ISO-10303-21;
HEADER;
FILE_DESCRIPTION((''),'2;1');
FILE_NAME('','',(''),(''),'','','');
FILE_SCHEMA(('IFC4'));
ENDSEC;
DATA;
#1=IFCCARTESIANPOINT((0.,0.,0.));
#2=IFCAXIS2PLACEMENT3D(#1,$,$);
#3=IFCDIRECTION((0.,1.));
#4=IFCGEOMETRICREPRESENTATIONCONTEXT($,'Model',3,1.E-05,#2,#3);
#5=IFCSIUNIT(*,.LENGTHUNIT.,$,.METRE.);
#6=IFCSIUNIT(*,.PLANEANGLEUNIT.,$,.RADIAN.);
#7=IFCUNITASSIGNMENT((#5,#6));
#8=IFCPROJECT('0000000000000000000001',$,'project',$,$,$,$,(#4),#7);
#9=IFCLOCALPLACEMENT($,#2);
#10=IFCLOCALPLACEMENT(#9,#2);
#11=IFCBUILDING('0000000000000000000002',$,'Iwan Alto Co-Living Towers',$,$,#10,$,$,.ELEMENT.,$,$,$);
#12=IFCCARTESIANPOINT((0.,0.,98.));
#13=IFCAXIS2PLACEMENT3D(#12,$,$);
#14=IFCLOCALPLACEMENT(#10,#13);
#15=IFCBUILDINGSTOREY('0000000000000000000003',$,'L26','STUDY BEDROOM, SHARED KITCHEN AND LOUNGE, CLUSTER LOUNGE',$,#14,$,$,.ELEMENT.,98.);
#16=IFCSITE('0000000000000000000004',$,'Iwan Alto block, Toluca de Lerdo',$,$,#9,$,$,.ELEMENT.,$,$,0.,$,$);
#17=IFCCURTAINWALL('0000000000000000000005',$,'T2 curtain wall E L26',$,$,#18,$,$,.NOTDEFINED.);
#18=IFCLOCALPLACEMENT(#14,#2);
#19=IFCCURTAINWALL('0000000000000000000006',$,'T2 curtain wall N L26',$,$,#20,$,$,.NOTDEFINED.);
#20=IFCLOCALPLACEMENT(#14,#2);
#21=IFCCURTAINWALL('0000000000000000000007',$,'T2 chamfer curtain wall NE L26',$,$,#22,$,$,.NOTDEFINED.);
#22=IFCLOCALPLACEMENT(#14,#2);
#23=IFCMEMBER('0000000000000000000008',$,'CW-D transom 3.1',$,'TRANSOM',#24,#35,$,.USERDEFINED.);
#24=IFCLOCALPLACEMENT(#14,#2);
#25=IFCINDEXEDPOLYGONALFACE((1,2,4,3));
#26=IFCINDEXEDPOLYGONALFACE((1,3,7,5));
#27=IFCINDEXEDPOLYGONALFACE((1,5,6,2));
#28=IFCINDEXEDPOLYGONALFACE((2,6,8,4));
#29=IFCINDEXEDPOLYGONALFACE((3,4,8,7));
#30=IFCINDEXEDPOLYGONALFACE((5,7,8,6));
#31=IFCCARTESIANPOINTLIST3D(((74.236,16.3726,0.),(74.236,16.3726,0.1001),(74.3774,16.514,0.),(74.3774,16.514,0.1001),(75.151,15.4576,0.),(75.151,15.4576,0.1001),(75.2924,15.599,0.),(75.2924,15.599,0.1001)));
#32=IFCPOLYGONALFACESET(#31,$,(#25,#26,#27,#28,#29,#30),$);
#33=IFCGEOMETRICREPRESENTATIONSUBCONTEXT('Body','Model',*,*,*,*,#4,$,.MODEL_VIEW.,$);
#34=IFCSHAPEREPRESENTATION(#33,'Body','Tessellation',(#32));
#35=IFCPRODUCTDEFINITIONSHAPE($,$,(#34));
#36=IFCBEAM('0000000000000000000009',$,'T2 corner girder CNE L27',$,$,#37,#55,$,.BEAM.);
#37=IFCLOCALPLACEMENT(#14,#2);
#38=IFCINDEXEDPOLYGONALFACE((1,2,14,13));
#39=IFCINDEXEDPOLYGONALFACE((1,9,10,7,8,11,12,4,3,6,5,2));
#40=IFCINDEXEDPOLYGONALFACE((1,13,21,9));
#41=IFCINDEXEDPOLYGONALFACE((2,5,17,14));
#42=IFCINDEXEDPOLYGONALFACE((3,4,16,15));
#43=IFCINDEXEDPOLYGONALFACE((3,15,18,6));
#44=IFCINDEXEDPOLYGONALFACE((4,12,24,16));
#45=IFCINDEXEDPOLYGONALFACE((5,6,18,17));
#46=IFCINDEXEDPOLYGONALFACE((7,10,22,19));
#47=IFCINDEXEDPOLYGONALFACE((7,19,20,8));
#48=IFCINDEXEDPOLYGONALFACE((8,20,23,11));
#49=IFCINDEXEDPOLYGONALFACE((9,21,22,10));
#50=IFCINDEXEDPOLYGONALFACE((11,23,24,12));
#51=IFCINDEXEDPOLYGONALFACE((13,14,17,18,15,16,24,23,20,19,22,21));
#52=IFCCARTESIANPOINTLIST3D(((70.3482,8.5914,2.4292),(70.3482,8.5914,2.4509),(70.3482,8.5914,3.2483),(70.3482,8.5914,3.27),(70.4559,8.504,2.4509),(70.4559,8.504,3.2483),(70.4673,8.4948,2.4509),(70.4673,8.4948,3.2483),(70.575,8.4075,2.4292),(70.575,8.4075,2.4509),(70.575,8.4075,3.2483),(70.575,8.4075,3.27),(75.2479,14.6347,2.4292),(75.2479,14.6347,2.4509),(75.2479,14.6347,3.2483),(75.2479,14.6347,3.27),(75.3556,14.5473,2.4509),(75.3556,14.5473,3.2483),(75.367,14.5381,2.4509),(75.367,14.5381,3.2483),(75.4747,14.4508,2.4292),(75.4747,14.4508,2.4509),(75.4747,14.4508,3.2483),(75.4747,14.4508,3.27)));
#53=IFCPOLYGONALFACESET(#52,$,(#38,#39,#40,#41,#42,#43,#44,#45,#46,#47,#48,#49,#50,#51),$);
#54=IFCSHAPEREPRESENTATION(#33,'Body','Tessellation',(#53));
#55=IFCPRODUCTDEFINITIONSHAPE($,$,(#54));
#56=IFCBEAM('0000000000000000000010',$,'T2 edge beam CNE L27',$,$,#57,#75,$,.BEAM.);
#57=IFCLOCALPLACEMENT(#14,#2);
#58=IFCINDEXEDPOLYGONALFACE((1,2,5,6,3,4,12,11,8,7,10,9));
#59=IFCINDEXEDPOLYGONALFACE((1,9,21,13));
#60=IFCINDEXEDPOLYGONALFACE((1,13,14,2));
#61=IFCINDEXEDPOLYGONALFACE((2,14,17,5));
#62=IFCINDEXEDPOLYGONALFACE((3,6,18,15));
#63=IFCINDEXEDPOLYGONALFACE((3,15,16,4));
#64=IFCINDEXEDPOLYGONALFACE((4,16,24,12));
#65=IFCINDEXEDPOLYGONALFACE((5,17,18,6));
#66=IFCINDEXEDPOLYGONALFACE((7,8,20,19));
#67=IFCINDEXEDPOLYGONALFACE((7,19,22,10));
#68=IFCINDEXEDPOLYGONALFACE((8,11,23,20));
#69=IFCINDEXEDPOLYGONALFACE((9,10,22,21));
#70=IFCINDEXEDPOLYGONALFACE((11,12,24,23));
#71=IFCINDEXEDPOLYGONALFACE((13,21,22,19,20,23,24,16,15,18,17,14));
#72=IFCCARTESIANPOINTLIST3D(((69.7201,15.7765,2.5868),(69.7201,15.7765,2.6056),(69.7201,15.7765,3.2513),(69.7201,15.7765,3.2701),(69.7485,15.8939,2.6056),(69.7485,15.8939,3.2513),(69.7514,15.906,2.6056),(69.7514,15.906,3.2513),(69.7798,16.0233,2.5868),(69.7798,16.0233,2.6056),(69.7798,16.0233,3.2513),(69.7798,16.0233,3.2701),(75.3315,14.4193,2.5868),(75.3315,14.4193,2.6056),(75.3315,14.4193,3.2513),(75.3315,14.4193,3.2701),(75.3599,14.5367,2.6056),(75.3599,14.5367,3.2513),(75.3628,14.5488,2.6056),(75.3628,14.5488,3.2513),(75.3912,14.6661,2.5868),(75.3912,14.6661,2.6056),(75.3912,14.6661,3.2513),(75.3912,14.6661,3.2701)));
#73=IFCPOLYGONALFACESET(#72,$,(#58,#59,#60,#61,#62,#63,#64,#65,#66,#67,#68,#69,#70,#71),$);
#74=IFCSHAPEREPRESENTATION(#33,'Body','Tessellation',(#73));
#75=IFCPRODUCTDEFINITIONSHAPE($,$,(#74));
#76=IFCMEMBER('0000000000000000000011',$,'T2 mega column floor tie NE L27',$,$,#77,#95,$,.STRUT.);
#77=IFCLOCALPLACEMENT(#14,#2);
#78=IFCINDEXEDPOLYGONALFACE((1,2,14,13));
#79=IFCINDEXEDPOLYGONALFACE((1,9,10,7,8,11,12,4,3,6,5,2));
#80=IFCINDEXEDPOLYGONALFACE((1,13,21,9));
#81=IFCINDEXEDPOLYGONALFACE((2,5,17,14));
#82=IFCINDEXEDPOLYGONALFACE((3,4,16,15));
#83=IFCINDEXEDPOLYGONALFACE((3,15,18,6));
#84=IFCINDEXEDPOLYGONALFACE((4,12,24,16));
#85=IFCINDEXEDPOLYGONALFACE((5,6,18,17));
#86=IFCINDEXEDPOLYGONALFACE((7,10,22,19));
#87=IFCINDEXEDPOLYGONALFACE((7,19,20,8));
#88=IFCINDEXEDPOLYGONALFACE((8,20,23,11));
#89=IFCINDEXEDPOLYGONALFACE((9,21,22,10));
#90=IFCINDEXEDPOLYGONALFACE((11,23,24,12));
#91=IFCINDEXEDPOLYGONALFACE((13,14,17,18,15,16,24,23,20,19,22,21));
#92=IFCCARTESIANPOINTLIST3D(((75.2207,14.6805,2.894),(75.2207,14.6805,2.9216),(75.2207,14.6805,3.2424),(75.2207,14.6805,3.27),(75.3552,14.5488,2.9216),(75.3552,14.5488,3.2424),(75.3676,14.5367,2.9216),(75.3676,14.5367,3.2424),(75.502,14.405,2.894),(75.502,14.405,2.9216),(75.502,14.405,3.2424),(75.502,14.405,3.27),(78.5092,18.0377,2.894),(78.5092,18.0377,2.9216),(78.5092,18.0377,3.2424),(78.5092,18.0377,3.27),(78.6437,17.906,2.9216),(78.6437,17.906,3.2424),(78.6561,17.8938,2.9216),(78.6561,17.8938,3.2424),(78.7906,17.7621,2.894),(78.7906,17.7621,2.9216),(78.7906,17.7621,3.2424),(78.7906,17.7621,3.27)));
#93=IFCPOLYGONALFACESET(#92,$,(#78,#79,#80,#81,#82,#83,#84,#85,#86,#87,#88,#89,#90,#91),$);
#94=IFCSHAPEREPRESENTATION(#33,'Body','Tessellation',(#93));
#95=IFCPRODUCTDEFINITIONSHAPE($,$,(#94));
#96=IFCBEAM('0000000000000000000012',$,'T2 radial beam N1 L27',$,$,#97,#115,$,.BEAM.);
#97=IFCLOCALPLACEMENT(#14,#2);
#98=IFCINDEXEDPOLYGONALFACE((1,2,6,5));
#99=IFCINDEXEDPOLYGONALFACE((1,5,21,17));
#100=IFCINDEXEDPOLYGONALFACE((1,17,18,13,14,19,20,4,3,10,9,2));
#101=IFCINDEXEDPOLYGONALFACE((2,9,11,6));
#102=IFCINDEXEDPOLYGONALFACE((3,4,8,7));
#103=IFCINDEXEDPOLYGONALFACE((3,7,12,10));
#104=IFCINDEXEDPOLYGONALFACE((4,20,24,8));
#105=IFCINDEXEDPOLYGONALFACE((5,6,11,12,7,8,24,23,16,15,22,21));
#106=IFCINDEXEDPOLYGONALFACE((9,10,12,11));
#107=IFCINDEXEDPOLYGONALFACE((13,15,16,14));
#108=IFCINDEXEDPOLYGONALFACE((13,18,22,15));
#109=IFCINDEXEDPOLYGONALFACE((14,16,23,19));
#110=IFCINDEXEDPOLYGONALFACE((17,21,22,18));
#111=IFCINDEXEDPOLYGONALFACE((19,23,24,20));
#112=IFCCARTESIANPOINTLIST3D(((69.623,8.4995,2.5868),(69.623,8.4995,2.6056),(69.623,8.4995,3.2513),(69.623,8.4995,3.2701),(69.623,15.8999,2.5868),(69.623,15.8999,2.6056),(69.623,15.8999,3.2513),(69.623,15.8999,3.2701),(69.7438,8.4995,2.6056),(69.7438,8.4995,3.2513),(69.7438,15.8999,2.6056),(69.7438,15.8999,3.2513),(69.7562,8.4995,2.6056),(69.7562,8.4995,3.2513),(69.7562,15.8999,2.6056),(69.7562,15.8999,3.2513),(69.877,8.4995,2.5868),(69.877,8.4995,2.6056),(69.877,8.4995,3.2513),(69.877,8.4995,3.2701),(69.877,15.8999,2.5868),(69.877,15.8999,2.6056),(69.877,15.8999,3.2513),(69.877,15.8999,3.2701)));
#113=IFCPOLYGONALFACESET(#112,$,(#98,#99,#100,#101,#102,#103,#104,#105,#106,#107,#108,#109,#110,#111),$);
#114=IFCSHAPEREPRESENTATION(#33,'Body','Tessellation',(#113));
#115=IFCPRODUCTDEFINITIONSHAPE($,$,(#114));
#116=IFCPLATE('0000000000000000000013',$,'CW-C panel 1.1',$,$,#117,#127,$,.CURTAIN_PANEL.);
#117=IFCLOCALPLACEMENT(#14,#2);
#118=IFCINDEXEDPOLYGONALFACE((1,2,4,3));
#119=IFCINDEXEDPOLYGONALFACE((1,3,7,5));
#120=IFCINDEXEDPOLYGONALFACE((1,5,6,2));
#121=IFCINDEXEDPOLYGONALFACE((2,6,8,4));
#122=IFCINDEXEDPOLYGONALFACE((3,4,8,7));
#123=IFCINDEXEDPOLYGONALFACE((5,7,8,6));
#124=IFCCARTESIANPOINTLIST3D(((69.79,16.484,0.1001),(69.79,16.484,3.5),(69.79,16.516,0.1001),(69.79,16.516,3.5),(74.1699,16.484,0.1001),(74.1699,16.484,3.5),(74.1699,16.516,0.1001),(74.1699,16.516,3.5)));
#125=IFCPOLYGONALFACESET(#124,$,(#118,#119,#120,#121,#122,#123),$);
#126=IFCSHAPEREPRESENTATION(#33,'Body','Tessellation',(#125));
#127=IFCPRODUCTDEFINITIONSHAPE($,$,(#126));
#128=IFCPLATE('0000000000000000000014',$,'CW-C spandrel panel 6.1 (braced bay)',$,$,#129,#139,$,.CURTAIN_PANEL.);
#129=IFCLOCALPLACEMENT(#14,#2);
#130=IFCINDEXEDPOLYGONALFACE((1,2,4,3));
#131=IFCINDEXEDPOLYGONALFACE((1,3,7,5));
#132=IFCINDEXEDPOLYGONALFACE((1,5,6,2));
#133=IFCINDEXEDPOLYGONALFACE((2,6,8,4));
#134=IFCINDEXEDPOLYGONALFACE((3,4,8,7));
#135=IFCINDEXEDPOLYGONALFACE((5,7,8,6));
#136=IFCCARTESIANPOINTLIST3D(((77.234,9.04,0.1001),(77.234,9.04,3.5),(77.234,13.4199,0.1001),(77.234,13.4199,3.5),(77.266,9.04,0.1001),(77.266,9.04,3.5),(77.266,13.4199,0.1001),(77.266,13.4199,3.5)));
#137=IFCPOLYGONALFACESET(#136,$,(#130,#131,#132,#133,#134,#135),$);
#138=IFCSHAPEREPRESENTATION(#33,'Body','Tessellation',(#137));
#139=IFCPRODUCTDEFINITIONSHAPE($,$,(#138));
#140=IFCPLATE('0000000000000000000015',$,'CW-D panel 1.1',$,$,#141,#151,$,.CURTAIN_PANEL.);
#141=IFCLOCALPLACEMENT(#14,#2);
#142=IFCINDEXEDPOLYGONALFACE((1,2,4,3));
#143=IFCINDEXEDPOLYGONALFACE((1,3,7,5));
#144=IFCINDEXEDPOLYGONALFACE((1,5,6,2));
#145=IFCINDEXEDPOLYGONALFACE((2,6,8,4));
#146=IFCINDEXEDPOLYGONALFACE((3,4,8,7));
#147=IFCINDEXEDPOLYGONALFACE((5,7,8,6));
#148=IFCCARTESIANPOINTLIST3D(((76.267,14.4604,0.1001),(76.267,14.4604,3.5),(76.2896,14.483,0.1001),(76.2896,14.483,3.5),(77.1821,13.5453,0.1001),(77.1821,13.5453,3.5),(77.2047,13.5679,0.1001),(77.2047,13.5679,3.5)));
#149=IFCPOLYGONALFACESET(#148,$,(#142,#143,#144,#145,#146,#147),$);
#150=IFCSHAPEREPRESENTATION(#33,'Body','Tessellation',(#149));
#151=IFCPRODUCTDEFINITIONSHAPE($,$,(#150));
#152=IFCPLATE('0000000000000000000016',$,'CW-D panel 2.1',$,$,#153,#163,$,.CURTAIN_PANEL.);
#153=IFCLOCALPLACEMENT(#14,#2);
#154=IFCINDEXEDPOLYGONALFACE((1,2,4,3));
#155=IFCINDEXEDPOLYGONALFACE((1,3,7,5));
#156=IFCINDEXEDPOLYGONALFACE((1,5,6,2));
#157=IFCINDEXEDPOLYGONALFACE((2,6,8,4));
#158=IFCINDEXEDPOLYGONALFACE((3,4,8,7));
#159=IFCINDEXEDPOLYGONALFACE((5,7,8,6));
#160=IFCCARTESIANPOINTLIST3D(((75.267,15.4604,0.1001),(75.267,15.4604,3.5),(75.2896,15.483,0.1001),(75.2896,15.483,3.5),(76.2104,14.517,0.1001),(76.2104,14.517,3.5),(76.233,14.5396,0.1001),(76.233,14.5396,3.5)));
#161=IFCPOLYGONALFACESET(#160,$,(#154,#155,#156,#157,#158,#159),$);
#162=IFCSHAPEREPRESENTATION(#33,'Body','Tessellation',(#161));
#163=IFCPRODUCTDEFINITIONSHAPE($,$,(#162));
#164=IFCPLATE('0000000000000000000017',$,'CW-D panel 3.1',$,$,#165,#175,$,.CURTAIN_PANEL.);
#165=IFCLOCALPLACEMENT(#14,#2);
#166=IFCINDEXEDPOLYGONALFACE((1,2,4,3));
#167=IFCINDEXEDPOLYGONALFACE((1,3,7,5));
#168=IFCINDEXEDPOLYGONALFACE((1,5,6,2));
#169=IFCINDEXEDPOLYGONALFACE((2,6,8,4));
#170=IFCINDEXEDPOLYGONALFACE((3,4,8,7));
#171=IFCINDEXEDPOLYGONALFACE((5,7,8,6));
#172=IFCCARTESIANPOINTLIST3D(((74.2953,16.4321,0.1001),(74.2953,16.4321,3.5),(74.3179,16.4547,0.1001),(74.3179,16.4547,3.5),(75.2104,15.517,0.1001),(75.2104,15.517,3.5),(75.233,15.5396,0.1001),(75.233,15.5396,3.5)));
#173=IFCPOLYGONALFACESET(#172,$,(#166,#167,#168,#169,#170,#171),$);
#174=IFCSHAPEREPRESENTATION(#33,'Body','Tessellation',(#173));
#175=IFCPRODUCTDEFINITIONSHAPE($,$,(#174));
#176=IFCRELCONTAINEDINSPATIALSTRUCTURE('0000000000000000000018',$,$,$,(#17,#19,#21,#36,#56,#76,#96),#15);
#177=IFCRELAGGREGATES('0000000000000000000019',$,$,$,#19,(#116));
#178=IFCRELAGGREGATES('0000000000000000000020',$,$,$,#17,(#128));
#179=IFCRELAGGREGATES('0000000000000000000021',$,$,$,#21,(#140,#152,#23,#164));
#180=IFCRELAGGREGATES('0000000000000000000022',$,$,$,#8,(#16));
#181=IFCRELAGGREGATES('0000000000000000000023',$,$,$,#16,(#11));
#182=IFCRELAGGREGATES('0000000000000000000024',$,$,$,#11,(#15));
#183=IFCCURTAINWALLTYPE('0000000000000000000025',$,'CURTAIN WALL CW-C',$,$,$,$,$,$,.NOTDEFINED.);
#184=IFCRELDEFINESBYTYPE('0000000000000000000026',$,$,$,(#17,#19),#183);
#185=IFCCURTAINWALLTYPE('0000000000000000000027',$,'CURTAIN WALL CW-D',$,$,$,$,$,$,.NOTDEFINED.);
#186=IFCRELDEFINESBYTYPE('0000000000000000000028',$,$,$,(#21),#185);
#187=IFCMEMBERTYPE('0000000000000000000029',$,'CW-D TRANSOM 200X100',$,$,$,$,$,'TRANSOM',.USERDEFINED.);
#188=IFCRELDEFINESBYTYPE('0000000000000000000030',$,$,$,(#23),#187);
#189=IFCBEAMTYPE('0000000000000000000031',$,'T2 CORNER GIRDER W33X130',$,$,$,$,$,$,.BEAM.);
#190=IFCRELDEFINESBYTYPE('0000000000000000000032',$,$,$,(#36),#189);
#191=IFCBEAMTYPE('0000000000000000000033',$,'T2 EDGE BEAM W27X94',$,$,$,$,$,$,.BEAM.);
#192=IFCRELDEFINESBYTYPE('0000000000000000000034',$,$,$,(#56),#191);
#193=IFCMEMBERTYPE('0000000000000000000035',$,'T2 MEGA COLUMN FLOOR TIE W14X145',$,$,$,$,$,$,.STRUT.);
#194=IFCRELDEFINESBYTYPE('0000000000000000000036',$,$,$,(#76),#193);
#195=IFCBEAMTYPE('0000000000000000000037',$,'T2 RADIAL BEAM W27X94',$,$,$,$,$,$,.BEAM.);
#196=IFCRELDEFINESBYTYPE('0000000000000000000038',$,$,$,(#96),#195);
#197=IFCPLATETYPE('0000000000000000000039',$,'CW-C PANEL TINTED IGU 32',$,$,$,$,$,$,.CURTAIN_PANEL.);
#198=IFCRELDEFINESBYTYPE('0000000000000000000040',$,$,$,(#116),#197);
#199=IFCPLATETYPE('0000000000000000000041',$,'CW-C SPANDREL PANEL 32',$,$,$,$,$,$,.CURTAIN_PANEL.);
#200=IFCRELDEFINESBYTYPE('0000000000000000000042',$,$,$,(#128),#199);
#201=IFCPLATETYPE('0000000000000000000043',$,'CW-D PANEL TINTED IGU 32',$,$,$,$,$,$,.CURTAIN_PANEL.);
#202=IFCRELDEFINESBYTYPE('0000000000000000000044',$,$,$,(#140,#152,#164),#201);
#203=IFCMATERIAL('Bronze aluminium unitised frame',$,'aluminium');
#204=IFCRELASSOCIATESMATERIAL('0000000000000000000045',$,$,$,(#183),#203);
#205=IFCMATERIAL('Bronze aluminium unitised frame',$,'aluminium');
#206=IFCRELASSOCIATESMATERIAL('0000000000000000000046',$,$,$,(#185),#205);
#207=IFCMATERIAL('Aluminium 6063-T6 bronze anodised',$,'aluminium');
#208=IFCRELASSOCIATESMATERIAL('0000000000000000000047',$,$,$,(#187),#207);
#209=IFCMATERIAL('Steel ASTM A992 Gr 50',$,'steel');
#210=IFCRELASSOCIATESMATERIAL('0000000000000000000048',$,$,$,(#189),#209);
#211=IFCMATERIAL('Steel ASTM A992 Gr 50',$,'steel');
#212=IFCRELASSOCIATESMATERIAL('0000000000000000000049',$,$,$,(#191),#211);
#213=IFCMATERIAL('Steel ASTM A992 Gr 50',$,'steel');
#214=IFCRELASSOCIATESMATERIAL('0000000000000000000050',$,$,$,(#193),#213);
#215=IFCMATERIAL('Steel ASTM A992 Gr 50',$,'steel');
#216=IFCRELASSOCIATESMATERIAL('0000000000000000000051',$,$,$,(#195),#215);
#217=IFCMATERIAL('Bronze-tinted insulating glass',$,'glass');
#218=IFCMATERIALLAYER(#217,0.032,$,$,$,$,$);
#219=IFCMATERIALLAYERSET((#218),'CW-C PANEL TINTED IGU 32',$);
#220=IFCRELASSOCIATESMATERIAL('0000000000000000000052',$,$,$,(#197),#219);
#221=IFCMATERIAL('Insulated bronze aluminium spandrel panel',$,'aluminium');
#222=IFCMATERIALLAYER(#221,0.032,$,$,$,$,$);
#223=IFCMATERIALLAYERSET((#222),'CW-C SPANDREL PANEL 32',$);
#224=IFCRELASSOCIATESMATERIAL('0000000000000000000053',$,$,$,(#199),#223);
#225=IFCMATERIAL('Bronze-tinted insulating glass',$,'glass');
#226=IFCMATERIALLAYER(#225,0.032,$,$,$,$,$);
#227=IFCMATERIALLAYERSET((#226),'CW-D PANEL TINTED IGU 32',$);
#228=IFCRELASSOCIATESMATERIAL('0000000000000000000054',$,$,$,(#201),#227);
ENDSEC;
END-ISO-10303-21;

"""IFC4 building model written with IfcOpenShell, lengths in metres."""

from ifc_helpers import new_model, si_unit, direction, frame, origin, origin_2d, place, context, subcontext, project, spatial, rectangle, i_section, extrude, material, layer, layer_set, material_profile, profile_set, type_object, element, aggregate, save


model = new_model("IFC4")

# Units and contexts
model_context = context("Model", 3, precision=1e-05, world=origin(), true_north=direction((0.0, 1.0)))
body_context = subcontext(model_context, "Body", "Model", "MODEL_VIEW")
ifc_project = project(units=[si_unit("LENGTHUNIT", "METRE"), si_unit("PLANEANGLEUNIT", "RADIAN")], contexts=[model_context])

# Site, building, storey
site_placement = place(None, origin())
site = spatial("IfcSite", under=ifc_project, at=site_placement, Name="Iwan Alto block, Toluca de Lerdo", CompositionType="ELEMENT", RefElevation=0.0)
building_placement = place(site_placement, origin())
building = spatial("IfcBuilding", under=site, at=building_placement, Name="Iwan Alto Co-Living Towers", CompositionType="ELEMENT")
storey_placement = place(building_placement, frame((0.0, 0.0, 98.0)))
storey = spatial("IfcBuildingStorey", under=building, at=storey_placement, Name="L26", Description="STUDY BEDROOM, SHARED KITCHEN AND LOUNGE, CLUSTER LOUNGE", CompositionType="ELEMENT", Elevation=98.0)

# Curtain wall
ifc_material_1 = material(Name="Bronze aluminium unitised frame", Category="aluminium")
curtain_wall_type_1 = type_object("IfcCurtainWallType", Name="CURTAIN WALL CW-C", PredefinedType="NOTDEFINED", material=ifc_material_1)
curtain_wall_1_placement = place(storey_placement, origin())
curtain_wall_1 = element("IfcCurtainWall", 1, at=curtain_wall_1_placement, inside=storey, type_object=curtain_wall_type_1, Name="T2 curtain wall E L26", PredefinedType="NOTDEFINED")

# Curtain walls, member
curtain_wall_2_placement = place(storey_placement, origin())
curtain_wall_2 = element("IfcCurtainWall", 2, at=curtain_wall_2_placement, inside=storey, type_object=curtain_wall_type_1, Name="T2 curtain wall N L26", PredefinedType="NOTDEFINED")
ifc_material_2 = material(Name="Bronze aluminium unitised frame", Category="aluminium")
curtain_wall_type_2 = type_object("IfcCurtainWallType", Name="CURTAIN WALL CW-D", PredefinedType="NOTDEFINED", material=ifc_material_2)
curtain_wall_3_placement = place(storey_placement, origin())
curtain_wall_3 = element("IfcCurtainWall", 3, at=curtain_wall_3_placement, inside=storey, type_object=curtain_wall_type_2, Name="T2 chamfer curtain wall NE L26", PredefinedType="NOTDEFINED")
ifc_material_3 = material(Name="Aluminium 6063-T6 bronze anodised", Category="aluminium")
ifc_material_profile_1 = material_profile(ifc_material_3, rectangle(XDim=0.2, YDim=0.1001, at=origin_2d()), Name="AL 200X100")
ifc_profile_set_1 = profile_set([ifc_material_profile_1], Name="Aluminium 6063-T6 bronze anodised")
member_type_1 = type_object("IfcMemberType", Name="CW-D TRANSOM 200X100", ElementType="TRANSOM", PredefinedType="USERDEFINED", material=ifc_profile_set_1)
member_1_placement = place(storey_placement, frame((75.2217, 15.5283, 0.05), z_axis=(-0.707107, 0.707107, 0.0), x_axis=(-0.707107, -0.707107, 0.0)))
member_1 = element("IfcMember", 4, at=member_1_placement, type_object=member_type_1, Name="CW-D transom 3.1", ObjectType="TRANSOM", PredefinedType="USERDEFINED", context=body_context, shape_type="SweptSolid", body=[
    extrude(rectangle(XDim=0.2, YDim=0.1001, at=origin_2d()), origin(), (0.0, 0.0, 1.0), 1.2939),
])

# Beams
ifc_material_4 = material(Name="Steel ASTM A992 Gr 50", Category="steel")
ifc_material_profile_2 = material_profile(ifc_material_4, i_section(OverallWidth=0.292, OverallDepth=0.8408, WebThickness=0.0146, FlangeThickness=0.0217, at=origin_2d()), Name="W33X130")
ifc_profile_set_2 = profile_set([ifc_material_profile_2], Name="Steel ASTM A992 Gr 50")
beam_type_1 = type_object("IfcBeamType", Name="T2 CORNER GIRDER W33X130", PredefinedType="BEAM", material=ifc_profile_set_2)
beam_1_placement = place(storey_placement, frame((75.3613, 14.5427, 2.8496), z_axis=(-0.629783, -0.776771, 0.0), x_axis=(0.776771, -0.629783, 0.0)))
element("IfcBeam", 5, at=beam_1_placement, inside=storey, type_object=beam_type_1, Name="T2 corner girder CNE L27", PredefinedType="BEAM", context=body_context, shape_type="SweptSolid", body=[
    extrude(i_section(OverallWidth=0.292, OverallDepth=0.8408, WebThickness=0.0146, FlangeThickness=0.0217, at=origin_2d()), origin(), (0.0, 0.0, 1.0), 7.78),
])
ifc_material_5 = material(Name="Steel ASTM A992 Gr 50", Category="steel")
ifc_material_profile_3 = material_profile(ifc_material_5, i_section(OverallWidth=0.2539, OverallDepth=0.6833, WebThickness=0.0125, FlangeThickness=0.0188, at=origin_2d()), Name="W27X94")
ifc_profile_set_3 = profile_set([ifc_material_profile_3], Name="Steel ASTM A992 Gr 50")
beam_type_2 = type_object("IfcBeamType", Name="T2 EDGE BEAM W27X94", PredefinedType="BEAM", material=ifc_profile_set_3)
beam_2_placement = place(storey_placement, frame((75.3613, 14.5427, 2.9285), z_axis=(-0.971975, 0.235086, 0.0), x_axis=(-0.235086, -0.971975, 0.0)))
element("IfcBeam", 6, at=beam_2_placement, inside=storey, type_object=beam_type_2, Name="T2 edge beam CNE L27", PredefinedType="BEAM", context=body_context, shape_type="SweptSolid", body=[
    extrude(i_section(OverallWidth=0.2539, OverallDepth=0.6833, WebThickness=0.0125, FlangeThickness=0.0188, at=origin_2d()), origin(), (0.0, 0.0, 1.0), 5.7732),
])

# Member
ifc_material_6 = material(Name="Steel ASTM A992 Gr 50", Category="steel")
ifc_material_profile_4 = material_profile(ifc_material_6, i_section(OverallWidth=0.3938, OverallDepth=0.376, WebThickness=0.0173, FlangeThickness=0.0276, at=origin_2d()), Name="W14X145")
ifc_profile_set_4 = profile_set([ifc_material_profile_4], Name="Steel ASTM A992 Gr 50")
member_type_2 = type_object("IfcMemberType", Name="T2 MEGA COLUMN FLOOR TIE W14X145", PredefinedType="STRUT", material=ifc_profile_set_4)
member_2_placement = place(storey_placement, frame((78.6499, 17.8999, 3.082), z_axis=(-0.69977, -0.714368, 0.0), x_axis=(0.714368, -0.69977, 0.0)))
element("IfcMember", 7, at=member_2_placement, inside=storey, type_object=member_type_2, Name="T2 mega column floor tie NE L27", PredefinedType="STRUT", context=body_context, shape_type="SweptSolid", body=[
    extrude(i_section(OverallWidth=0.3938, OverallDepth=0.376, WebThickness=0.0173, FlangeThickness=0.0276, at=origin_2d()), origin(), (0.0, 0.0, 1.0), 4.6995),
])

# Beam
ifc_material_7 = material(Name="Steel ASTM A992 Gr 50", Category="steel")
ifc_material_profile_5 = material_profile(ifc_material_7, i_section(OverallWidth=0.2539, OverallDepth=0.6833, WebThickness=0.0125, FlangeThickness=0.0188, at=origin_2d()), Name="W27X94")
ifc_profile_set_5 = profile_set([ifc_material_profile_5], Name="Steel ASTM A992 Gr 50")
beam_type_3 = type_object("IfcBeamType", Name="T2 RADIAL BEAM W27X94", PredefinedType="BEAM", material=ifc_profile_set_5)
beam_3_placement = place(storey_placement, frame((69.75, 15.8999, 2.9285), z_axis=(0.0, -1.0, 0.0), x_axis=(1.0, 0.0, 0.0)))
element("IfcBeam", 8, at=beam_3_placement, inside=storey, type_object=beam_type_3, Name="T2 radial beam N1 L27", PredefinedType="BEAM", context=body_context, shape_type="SweptSolid", body=[
    extrude(i_section(OverallWidth=0.2539, OverallDepth=0.6833, WebThickness=0.0125, FlangeThickness=0.0188, at=origin_2d()), origin(), (0.0, 0.0, 1.0), 7.4004),
])

# Plates
ifc_material_8 = material(Name="Bronze-tinted insulating glass", Category="glass")
ifc_layer_1 = layer(ifc_material_8, 0.032)
ifc_layer_set_1 = layer_set([ifc_layer_1], Name="CW-C PANEL TINTED IGU 32")
plate_type_1 = type_object("IfcPlateType", Name="CW-C PANEL TINTED IGU 32", PredefinedType="CURTAIN_PANEL", material=ifc_layer_set_1)
plate_1_placement = place(storey_placement, frame((71.98, 16.5, 0.1001), z_axis=(0.0, 0.0, 1.0), x_axis=(-1.0, 0.0, 0.0)))
plate_1 = element("IfcPlate", 9, at=plate_1_placement, type_object=plate_type_1, Name="CW-C panel 1.1", PredefinedType="CURTAIN_PANEL", context=body_context, shape_type="SweptSolid", body=[
    extrude(rectangle(XDim=4.3799, YDim=0.032, at=origin_2d()), origin(), (0.0, 0.0, 1.0), 3.3999),
])
aggregate(curtain_wall_2, [plate_1])
ifc_material_9 = material(Name="Insulated bronze aluminium spandrel panel", Category="aluminium")
ifc_layer_2 = layer(ifc_material_9, 0.032)
ifc_layer_set_2 = layer_set([ifc_layer_2], Name="CW-C SPANDREL PANEL 32")
plate_type_2 = type_object("IfcPlateType", Name="CW-C SPANDREL PANEL 32", PredefinedType="CURTAIN_PANEL", material=ifc_layer_set_2)
plate_2_placement = place(storey_placement, frame((77.25, 11.23, 0.1001), z_axis=(0.0, 0.0, 1.0), x_axis=(0.0, 1.0, 0.0)))
plate_2 = element("IfcPlate", 10, at=plate_2_placement, type_object=plate_type_2, Name="CW-C spandrel panel 6.1 (braced bay)", PredefinedType="CURTAIN_PANEL", context=body_context, shape_type="SweptSolid", body=[
    extrude(rectangle(XDim=4.3799, YDim=0.032, at=origin_2d()), origin(), (0.0, 0.0, 1.0), 3.3999),
])
aggregate(curtain_wall_1, [plate_2])
ifc_material_10 = material(Name="Bronze-tinted insulating glass", Category="glass")
ifc_layer_3 = layer(ifc_material_10, 0.032)
ifc_layer_set_3 = layer_set([ifc_layer_3], Name="CW-D PANEL TINTED IGU 32")
plate_type_3 = type_object("IfcPlateType", Name="CW-D PANEL TINTED IGU 32", PredefinedType="CURTAIN_PANEL", material=ifc_layer_set_3)
plate_3_placement = place(storey_placement, frame((76.7358, 14.0142, 0.1001), z_axis=(0.0, 0.0, 1.0), x_axis=(-0.707107, 0.707107, 0.0)))
plate_3 = element("IfcPlate", 11, at=plate_3_placement, type_object=plate_type_3, Name="CW-D panel 1.1", PredefinedType="CURTAIN_PANEL", context=body_context, shape_type="SweptSolid", body=[
    extrude(rectangle(XDim=1.2942, YDim=0.032, at=origin_2d()), origin(), (0.0, 0.0, 1.0), 3.3999),
])
plate_4_placement = place(storey_placement, frame((75.75, 15.0, 0.1001), z_axis=(0.0, 0.0, 1.0), x_axis=(-0.707107, 0.707107, 0.0)))
plate_4 = element("IfcPlate", 12, at=plate_4_placement, type_object=plate_type_3, Name="CW-D panel 2.1", PredefinedType="CURTAIN_PANEL", context=body_context, shape_type="SweptSolid", body=[
    extrude(rectangle(XDim=1.3342, YDim=0.032, at=origin_2d()), origin(), (0.0, 0.0, 1.0), 3.3999),
])
plate_5_placement = place(storey_placement, frame((74.7642, 15.9858, 0.1001), z_axis=(0.0, 0.0, 1.0), x_axis=(-0.707107, 0.707107, 0.0)))
plate_5 = element("IfcPlate", 13, at=plate_5_placement, type_object=plate_type_3, Name="CW-D panel 3.1", PredefinedType="CURTAIN_PANEL", context=body_context, shape_type="SweptSolid", body=[
    extrude(rectangle(XDim=1.2942, YDim=0.032, at=origin_2d()), origin(), (0.0, 0.0, 1.0), 3.3999),
])
aggregate(curtain_wall_3, [plate_3, plate_4, member_1, plate_5])

save(model, "model.ifc")
